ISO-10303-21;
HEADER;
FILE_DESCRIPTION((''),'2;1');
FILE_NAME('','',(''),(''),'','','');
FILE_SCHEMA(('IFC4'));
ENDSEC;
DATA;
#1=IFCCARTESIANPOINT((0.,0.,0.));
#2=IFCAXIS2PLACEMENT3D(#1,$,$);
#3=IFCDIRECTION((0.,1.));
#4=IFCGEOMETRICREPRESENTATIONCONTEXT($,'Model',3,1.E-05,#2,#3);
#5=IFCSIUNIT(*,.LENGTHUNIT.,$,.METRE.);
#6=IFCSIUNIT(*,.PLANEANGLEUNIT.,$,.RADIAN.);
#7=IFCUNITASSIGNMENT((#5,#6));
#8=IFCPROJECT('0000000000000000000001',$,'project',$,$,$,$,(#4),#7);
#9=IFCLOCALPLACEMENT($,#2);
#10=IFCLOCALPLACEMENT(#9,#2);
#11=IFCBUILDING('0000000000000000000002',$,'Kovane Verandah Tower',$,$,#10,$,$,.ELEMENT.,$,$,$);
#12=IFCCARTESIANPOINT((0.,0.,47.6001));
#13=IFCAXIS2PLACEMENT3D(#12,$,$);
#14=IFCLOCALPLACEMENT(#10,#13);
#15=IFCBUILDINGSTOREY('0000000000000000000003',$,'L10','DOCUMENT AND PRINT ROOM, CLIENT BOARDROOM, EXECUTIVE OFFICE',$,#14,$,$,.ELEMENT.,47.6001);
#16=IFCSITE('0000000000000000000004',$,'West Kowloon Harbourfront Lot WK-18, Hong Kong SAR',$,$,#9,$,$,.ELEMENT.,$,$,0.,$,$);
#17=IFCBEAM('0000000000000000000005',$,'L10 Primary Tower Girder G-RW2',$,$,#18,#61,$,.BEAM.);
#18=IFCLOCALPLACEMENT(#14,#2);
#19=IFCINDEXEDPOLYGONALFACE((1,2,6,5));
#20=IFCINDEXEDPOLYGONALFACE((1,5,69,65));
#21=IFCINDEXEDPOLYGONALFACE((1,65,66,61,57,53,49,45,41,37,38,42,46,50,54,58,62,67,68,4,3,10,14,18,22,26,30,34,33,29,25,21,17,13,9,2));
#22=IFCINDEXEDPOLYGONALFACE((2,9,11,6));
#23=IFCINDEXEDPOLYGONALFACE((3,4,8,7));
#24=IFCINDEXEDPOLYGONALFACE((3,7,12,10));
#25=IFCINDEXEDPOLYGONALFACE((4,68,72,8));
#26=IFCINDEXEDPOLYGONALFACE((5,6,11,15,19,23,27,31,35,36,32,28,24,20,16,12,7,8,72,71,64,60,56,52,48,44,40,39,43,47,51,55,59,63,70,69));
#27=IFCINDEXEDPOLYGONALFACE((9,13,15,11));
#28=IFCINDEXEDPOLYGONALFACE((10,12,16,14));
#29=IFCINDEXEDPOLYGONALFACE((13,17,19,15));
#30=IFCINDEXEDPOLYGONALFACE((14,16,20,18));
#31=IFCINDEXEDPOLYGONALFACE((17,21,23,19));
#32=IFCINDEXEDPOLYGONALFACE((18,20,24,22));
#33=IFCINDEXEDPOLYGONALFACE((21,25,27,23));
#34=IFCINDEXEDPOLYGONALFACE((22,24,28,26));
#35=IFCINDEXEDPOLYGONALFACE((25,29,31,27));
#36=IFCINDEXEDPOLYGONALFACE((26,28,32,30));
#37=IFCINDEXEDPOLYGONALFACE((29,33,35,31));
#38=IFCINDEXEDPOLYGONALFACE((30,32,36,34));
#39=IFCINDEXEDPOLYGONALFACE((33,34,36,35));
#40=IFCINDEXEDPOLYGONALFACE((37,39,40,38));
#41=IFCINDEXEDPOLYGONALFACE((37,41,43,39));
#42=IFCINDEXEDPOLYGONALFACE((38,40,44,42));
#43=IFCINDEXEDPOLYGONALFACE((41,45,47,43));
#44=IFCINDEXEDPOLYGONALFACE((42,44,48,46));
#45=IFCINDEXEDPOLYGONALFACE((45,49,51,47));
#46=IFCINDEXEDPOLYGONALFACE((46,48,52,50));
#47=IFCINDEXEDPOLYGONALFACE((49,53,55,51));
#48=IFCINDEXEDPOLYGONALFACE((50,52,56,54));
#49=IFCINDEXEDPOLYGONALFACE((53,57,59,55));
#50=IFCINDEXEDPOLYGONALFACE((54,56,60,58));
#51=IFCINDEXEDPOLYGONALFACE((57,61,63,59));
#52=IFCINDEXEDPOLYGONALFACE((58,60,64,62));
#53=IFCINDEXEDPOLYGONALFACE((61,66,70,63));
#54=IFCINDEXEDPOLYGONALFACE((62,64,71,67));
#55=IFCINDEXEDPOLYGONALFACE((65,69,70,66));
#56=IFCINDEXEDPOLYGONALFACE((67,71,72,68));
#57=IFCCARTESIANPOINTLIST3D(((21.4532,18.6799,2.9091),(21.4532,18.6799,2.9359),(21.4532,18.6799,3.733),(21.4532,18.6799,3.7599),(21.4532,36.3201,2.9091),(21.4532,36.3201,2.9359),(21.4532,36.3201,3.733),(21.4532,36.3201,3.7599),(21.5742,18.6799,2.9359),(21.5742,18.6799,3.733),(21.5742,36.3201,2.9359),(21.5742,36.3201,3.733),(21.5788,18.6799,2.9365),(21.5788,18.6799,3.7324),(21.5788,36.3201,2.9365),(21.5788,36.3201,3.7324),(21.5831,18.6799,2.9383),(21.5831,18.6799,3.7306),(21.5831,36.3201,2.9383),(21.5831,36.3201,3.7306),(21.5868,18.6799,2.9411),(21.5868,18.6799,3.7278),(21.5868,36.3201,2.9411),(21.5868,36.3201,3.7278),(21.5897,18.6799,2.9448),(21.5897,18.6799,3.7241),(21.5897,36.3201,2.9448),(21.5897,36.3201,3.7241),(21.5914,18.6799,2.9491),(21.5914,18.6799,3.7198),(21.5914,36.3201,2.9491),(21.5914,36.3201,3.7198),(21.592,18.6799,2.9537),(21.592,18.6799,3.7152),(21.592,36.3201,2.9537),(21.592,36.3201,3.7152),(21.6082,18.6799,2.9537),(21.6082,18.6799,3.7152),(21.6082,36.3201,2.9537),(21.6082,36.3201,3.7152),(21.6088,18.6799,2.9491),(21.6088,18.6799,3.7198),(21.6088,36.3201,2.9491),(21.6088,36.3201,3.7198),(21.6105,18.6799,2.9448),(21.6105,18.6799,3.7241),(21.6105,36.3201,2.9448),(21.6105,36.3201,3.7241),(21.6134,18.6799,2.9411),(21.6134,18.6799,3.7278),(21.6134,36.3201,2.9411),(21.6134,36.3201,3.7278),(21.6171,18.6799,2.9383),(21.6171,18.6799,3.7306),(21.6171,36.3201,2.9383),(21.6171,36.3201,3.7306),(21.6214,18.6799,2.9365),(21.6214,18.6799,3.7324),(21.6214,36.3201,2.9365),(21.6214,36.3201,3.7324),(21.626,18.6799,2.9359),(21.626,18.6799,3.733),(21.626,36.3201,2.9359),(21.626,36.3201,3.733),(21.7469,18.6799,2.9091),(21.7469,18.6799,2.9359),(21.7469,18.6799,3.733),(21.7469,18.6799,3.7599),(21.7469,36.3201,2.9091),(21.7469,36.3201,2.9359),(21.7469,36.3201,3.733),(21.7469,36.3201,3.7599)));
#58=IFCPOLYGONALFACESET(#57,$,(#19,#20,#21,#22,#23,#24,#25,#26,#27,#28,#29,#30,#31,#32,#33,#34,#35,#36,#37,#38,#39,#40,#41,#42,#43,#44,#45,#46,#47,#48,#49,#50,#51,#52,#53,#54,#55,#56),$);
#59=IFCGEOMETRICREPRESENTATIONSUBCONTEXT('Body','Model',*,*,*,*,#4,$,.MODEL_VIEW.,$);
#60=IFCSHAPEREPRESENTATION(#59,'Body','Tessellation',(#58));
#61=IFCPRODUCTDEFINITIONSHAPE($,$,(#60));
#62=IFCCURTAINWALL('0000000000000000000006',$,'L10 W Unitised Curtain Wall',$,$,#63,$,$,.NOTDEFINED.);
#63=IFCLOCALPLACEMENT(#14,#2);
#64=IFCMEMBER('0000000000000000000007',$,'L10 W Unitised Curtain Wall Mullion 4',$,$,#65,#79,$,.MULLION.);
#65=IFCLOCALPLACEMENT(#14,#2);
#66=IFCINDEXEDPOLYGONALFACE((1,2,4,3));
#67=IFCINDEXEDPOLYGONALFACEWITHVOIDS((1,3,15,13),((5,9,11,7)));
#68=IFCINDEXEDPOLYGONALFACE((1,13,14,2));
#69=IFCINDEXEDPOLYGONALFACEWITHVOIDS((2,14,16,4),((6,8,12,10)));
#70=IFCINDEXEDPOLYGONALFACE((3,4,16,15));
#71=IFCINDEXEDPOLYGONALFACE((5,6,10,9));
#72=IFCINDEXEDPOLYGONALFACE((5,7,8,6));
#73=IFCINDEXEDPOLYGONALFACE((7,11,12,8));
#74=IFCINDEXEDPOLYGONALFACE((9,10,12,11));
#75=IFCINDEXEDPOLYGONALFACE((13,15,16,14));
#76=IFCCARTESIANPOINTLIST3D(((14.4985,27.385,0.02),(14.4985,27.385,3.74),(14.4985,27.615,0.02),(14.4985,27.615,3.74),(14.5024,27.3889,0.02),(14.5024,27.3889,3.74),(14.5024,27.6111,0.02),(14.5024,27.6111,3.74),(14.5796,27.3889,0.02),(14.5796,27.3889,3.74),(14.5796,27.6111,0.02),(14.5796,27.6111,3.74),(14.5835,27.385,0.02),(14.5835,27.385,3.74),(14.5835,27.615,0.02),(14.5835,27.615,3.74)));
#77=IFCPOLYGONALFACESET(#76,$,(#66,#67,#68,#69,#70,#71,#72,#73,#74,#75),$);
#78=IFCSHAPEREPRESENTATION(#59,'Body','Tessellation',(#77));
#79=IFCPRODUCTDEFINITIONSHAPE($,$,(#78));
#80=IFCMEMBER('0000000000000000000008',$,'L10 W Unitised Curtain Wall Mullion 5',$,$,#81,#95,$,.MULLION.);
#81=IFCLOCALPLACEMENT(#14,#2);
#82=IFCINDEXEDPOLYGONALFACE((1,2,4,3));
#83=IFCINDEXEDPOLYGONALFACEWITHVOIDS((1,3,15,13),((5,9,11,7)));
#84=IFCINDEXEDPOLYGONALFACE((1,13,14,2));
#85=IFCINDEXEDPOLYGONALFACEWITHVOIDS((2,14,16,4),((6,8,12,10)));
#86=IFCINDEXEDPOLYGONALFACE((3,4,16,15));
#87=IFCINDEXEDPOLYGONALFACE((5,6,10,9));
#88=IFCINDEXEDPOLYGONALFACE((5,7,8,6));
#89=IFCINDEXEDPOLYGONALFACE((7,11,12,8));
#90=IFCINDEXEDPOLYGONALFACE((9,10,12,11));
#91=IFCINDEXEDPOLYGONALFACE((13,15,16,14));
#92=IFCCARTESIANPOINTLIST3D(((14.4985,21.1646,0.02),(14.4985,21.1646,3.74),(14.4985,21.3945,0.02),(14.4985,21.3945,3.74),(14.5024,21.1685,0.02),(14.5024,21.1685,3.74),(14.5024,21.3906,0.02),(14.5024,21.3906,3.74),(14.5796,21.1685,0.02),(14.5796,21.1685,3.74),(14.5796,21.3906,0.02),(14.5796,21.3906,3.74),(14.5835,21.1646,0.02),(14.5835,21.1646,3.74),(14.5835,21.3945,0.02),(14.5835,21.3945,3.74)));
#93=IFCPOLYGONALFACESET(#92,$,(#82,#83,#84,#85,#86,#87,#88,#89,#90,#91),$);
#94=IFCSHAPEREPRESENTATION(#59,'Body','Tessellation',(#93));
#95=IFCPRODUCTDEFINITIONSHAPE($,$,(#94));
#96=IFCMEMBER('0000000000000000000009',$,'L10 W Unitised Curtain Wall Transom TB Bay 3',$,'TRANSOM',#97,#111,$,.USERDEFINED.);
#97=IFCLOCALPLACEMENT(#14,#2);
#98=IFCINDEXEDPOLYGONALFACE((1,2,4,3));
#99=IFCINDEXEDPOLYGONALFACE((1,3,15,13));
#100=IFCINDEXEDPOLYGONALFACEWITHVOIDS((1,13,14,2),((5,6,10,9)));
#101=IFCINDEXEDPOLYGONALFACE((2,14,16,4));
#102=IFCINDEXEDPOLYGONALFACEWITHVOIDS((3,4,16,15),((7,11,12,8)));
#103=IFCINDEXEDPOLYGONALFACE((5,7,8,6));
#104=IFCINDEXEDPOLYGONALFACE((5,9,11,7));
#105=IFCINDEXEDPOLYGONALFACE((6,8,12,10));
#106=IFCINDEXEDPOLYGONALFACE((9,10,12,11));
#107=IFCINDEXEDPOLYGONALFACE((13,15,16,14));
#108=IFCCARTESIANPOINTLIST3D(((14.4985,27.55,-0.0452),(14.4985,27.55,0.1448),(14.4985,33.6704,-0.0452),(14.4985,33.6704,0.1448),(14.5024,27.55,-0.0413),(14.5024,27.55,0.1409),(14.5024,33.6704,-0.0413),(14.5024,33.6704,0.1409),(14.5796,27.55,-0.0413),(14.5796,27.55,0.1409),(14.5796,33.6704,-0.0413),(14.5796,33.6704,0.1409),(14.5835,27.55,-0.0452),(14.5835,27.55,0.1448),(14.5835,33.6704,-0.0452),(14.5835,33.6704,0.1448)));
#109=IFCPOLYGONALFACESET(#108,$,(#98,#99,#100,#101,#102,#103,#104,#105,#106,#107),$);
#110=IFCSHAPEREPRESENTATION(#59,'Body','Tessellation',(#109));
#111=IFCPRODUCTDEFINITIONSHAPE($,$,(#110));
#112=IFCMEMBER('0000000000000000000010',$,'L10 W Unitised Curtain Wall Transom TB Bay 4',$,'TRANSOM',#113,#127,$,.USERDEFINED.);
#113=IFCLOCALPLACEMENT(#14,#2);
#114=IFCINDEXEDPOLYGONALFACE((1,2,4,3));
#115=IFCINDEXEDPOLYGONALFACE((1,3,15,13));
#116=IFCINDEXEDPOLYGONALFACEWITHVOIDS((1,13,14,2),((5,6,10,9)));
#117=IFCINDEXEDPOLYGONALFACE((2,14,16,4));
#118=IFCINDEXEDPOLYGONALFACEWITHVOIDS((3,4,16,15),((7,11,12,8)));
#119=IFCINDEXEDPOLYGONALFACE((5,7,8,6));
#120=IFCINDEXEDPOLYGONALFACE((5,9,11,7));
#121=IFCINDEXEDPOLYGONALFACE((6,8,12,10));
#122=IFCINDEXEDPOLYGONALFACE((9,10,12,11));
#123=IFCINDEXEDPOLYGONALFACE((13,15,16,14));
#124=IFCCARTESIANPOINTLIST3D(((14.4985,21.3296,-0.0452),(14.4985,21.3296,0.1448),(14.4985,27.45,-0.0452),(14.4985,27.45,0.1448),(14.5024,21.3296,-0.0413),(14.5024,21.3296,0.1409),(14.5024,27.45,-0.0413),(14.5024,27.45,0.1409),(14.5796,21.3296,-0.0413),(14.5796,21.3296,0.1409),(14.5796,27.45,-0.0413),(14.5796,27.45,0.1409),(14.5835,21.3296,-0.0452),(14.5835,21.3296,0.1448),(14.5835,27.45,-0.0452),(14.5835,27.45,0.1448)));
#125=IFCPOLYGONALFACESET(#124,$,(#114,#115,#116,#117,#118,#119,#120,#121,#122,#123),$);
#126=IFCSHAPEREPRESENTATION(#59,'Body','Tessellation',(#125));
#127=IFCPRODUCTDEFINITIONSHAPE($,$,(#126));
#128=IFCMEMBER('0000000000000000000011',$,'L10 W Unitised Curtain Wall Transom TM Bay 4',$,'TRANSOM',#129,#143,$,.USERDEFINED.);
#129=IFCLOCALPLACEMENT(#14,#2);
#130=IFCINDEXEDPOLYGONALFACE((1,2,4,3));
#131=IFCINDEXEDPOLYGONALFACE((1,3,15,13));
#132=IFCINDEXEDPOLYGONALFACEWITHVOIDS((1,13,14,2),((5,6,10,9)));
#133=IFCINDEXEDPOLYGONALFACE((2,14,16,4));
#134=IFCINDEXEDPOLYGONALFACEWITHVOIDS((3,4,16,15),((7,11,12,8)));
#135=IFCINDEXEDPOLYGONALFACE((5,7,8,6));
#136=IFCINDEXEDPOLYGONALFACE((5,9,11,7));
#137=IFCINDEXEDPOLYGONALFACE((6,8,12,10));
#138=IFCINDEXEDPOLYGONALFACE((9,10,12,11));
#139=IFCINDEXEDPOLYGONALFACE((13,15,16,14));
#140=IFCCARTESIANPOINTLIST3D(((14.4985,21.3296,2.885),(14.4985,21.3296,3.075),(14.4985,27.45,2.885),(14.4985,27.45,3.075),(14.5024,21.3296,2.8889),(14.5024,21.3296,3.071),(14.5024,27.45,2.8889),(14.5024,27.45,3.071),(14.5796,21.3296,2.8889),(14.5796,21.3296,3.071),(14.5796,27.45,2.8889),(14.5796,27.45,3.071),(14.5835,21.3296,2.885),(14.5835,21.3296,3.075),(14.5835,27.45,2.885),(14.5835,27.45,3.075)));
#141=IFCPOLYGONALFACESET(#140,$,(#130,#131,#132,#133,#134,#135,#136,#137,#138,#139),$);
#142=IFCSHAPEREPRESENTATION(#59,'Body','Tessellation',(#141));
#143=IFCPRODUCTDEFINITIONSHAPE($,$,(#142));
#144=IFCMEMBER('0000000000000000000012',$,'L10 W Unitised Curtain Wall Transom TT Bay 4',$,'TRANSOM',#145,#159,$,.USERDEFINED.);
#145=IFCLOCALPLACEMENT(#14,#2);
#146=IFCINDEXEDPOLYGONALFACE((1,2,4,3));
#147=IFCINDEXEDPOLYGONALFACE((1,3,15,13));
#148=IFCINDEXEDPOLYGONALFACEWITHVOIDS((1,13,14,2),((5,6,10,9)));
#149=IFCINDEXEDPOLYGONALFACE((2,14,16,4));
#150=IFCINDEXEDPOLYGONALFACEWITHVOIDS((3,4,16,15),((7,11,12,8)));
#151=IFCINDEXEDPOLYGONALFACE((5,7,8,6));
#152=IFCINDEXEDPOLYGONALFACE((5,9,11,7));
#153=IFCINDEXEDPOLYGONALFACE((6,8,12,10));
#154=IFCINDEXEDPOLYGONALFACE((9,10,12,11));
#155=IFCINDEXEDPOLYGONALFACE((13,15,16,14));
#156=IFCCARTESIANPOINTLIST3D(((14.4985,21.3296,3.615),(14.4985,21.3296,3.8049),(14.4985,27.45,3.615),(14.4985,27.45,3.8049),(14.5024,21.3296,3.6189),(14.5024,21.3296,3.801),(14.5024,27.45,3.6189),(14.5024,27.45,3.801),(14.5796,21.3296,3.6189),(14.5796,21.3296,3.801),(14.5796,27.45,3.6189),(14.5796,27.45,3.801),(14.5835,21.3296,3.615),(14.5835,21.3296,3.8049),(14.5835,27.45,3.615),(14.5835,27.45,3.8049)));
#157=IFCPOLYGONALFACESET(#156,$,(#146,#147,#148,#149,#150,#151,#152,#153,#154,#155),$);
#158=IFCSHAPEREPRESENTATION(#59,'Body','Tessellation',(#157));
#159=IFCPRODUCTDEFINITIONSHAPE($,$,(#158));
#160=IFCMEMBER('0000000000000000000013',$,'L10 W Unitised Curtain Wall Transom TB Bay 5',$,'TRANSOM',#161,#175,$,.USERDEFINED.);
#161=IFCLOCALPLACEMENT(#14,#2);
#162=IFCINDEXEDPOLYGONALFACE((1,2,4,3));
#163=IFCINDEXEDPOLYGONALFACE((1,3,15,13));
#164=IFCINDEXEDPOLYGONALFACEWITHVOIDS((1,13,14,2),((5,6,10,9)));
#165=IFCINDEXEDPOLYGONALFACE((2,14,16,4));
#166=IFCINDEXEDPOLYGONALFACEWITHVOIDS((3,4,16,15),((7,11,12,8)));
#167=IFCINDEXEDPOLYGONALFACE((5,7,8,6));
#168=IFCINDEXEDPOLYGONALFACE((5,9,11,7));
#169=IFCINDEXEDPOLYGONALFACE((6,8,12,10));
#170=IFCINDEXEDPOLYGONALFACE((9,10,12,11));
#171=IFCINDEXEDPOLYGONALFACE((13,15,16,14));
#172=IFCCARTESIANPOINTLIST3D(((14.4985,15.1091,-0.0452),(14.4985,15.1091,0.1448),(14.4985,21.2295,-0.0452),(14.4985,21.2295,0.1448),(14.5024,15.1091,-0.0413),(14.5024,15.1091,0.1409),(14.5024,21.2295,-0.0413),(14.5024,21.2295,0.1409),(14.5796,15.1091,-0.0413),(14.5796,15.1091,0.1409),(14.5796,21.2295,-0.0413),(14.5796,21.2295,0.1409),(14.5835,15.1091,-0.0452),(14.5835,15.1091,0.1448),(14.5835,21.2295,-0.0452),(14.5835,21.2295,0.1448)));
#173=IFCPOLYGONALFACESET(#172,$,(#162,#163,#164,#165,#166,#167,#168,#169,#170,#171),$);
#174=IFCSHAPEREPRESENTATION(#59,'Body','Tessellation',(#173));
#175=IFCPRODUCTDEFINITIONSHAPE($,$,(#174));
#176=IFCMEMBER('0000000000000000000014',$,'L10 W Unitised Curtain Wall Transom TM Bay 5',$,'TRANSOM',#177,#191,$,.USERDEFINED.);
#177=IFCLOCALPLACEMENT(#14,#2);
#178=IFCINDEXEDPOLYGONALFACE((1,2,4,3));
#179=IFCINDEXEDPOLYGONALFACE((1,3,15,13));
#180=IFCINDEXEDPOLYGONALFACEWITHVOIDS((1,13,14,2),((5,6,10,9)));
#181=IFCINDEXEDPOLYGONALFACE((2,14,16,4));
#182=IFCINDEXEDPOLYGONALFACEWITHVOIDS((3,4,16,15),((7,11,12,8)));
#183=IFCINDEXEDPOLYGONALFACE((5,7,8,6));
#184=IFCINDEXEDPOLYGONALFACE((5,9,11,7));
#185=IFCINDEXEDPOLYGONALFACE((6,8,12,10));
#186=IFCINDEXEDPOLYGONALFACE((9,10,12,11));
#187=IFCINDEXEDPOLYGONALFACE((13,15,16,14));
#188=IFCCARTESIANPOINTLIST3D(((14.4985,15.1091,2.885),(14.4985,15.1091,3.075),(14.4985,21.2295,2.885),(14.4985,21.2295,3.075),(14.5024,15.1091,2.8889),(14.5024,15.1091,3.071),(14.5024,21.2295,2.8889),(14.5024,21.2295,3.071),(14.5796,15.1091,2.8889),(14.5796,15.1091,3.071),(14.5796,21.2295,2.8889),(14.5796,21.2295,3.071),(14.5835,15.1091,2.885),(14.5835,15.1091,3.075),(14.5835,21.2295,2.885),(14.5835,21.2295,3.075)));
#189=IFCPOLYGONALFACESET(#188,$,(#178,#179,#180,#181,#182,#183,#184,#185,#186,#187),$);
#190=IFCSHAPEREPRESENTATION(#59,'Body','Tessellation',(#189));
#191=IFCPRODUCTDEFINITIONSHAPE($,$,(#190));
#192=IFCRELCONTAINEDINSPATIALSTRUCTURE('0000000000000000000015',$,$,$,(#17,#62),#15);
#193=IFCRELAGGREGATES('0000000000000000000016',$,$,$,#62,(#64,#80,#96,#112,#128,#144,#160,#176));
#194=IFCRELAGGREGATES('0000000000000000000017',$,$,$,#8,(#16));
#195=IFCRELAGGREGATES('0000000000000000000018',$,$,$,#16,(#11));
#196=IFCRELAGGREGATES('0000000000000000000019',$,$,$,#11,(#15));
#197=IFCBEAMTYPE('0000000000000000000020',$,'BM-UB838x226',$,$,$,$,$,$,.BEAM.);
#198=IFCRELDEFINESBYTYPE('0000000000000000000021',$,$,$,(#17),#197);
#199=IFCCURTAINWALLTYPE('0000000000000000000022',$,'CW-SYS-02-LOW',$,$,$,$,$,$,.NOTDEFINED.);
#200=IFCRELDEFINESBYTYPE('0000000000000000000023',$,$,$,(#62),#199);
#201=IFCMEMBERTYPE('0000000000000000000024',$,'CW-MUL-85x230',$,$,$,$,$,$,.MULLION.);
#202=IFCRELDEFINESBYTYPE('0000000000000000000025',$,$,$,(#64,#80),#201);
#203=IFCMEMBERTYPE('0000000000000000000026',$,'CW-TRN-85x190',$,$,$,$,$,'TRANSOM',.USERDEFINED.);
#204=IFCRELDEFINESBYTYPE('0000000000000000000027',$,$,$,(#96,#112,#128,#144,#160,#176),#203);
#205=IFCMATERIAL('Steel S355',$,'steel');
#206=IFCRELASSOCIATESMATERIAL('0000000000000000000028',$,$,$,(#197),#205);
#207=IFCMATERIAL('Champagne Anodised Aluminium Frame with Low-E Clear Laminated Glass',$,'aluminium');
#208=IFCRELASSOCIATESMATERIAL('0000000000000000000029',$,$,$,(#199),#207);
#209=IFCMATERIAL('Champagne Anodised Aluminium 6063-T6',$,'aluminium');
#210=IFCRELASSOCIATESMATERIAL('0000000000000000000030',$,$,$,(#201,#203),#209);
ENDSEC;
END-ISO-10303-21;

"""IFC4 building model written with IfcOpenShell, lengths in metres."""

from ifc_helpers import new_model, si_unit, direction, frame, origin, origin_2d, place, context, subcontext, project, spatial, hollow_rectangle, i_section, extrude, material, material_profile, profile_set, type_object, element, aggregate, save


model = new_model("IFC4")

# Units and contexts
model_context = context("Model", 3, precision=1e-05, world=origin(), true_north=direction((0.0, 1.0)))
body_context = subcontext(model_context, "Body", "Model", "MODEL_VIEW")
ifc_project = project(units=[si_unit("LENGTHUNIT", "METRE"), si_unit("PLANEANGLEUNIT", "RADIAN")], contexts=[model_context])

# Site, building, storey
site_placement = place(None, origin())
site = spatial("IfcSite", under=ifc_project, at=site_placement, Name="West Kowloon Harbourfront Lot WK-18, Hong Kong SAR", CompositionType="ELEMENT", RefElevation=0.0)
building_placement = place(site_placement, origin())
building = spatial("IfcBuilding", under=site, at=building_placement, Name="Kovane Verandah Tower", CompositionType="ELEMENT")
storey_placement = place(building_placement, frame((0.0, 0.0, 47.6001)))
storey = spatial("IfcBuildingStorey", under=building, at=storey_placement, Name="L10", Description="DOCUMENT AND PRINT ROOM, CLIENT BOARDROOM, EXECUTIVE OFFICE", CompositionType="ELEMENT", Elevation=47.6001)

# Beam
ifc_material_1 = material(Name="Steel S355", Category="steel")
ifc_material_profile_1 = material_profile(ifc_material_1, i_section(OverallWidth=0.2937, OverallDepth=0.8508, WebThickness=0.0161, FlangeThickness=0.0269, FilletRadius=0.0178, at=origin_2d()), Name="UB838x292x226")
ifc_profile_set_1 = profile_set([ifc_material_profile_1], Name="Steel S355")
beam_type_1 = type_object("IfcBeamType", Name="BM-UB838x226", PredefinedType="BEAM", material=ifc_profile_set_1)
beam_1_placement = place(storey_placement, frame((21.6001, 18.6799, 3.3345), z_axis=(0.0, 1.0, 0.0), x_axis=(-1.0, 0.0, 0.0)))
element("IfcBeam", 1, at=beam_1_placement, inside=storey, type_object=beam_type_1, Name="L10 Primary Tower Girder G-RW2", PredefinedType="BEAM", context=body_context, shape_type="SweptSolid", body=[
    extrude(i_section(OverallWidth=0.2937, OverallDepth=0.8508, WebThickness=0.0161, FlangeThickness=0.0269, FilletRadius=0.0178, at=origin_2d()), origin(), (0.0, 0.0, 1.0), 17.6401),
])

# Curtain wall, members
ifc_material_2 = material(Name="Champagne Anodised Aluminium Frame with Low-E Clear Laminated Glass", Category="aluminium")
curtain_wall_type = type_object("IfcCurtainWallType", Name="CW-SYS-02-LOW", PredefinedType="NOTDEFINED", material=ifc_material_2)
curtain_wall_placement = place(storey_placement, origin())
curtain_wall = element("IfcCurtainWall", 2, at=curtain_wall_placement, inside=storey, type_object=curtain_wall_type, Name="L10 W Unitised Curtain Wall", PredefinedType="NOTDEFINED")
ifc_material_3 = material(Name="Champagne Anodised Aluminium 6063-T6", Category="aluminium")
ifc_material_profile_2 = material_profile(ifc_material_3, hollow_rectangle(XDim=0.085, YDim=0.23, WallThickness=0.0039, at=origin_2d()), Name="AL85x230x4")
ifc_profile_set_2 = profile_set([ifc_material_profile_2], Name="Champagne Anodised Aluminium 6063-T6")
member_type_1 = type_object("IfcMemberType", Name="CW-MUL-85x230", PredefinedType="MULLION", material=ifc_profile_set_2)
member_1_placement = place(storey_placement, frame((14.541, 27.5, 0.02), z_axis=(0.0, 0.0, 1.0), x_axis=(-1.0, 0.0, 0.0)))
member_1 = element("IfcMember", 3, at=member_1_placement, type_object=member_type_1, Name="L10 W Unitised Curtain Wall Mullion 4", PredefinedType="MULLION", context=body_context, shape_type="SweptSolid", body=[
    extrude(hollow_rectangle(XDim=0.085, YDim=0.23, WallThickness=0.0039, at=origin_2d()), origin(), (0.0, 0.0, 1.0), 3.72),
])
member_2_placement = place(storey_placement, frame((14.541, 21.2795, 0.02), z_axis=(0.0, 0.0, 1.0), x_axis=(-1.0, 0.0, 0.0)))
member_2 = element("IfcMember", 4, at=member_2_placement, type_object=member_type_1, Name="L10 W Unitised Curtain Wall Mullion 5", PredefinedType="MULLION", context=body_context, shape_type="SweptSolid", body=[
    extrude(hollow_rectangle(XDim=0.085, YDim=0.23, WallThickness=0.0039, at=origin_2d()), origin(), (0.0, 0.0, 1.0), 3.72),
])
ifc_material_profile_3 = material_profile(ifc_material_3, hollow_rectangle(XDim=0.085, YDim=0.1899, WallThickness=0.0039, at=origin_2d()), Name="AL85x190x4")
ifc_profile_set_3 = profile_set([ifc_material_profile_3], Name="Champagne Anodised Aluminium 6063-T6")
member_type_2 = type_object("IfcMemberType", Name="CW-TRN-85x190", ElementType="TRANSOM", PredefinedType="USERDEFINED", material=ifc_profile_set_3)
member_3_placement = place(storey_placement, frame((14.541, 33.6704, 0.0498), z_axis=(0.0, -1.0, 0.0), x_axis=(1.0, 0.0, 0.0)))
member_3 = element("IfcMember", 5, at=member_3_placement, type_object=member_type_2, Name="L10 W Unitised Curtain Wall Transom TB Bay 3", ObjectType="TRANSOM", PredefinedType="USERDEFINED", context=body_context, shape_type="SweptSolid", body=[
    extrude(hollow_rectangle(XDim=0.085, YDim=0.1899, WallThickness=0.0039, at=origin_2d()), origin(), (0.0, 0.0, 1.0), 6.1204),
])
member_4_placement = place(storey_placement, frame((14.541, 27.45, 0.0498), z_axis=(0.0, -1.0, 0.0), x_axis=(1.0, 0.0, 0.0)))
member_4 = element("IfcMember", 6, at=member_4_placement, type_object=member_type_2, Name="L10 W Unitised Curtain Wall Transom TB Bay 4", ObjectType="TRANSOM", PredefinedType="USERDEFINED", context=body_context, shape_type="SweptSolid", body=[
    extrude(hollow_rectangle(XDim=0.085, YDim=0.1899, WallThickness=0.0039, at=origin_2d()), origin(), (0.0, 0.0, 1.0), 6.1204),
])
member_5_placement = place(storey_placement, frame((14.541, 27.45, 2.98), z_axis=(0.0, -1.0, 0.0), x_axis=(1.0, 0.0, 0.0)))
member_5 = element("IfcMember", 7, at=member_5_placement, type_object=member_type_2, Name="L10 W Unitised Curtain Wall Transom TM Bay 4", ObjectType="TRANSOM", PredefinedType="USERDEFINED", context=body_context, shape_type="SweptSolid", body=[
    extrude(hollow_rectangle(XDim=0.085, YDim=0.1899, WallThickness=0.0039, at=origin_2d()), origin(), (0.0, 0.0, 1.0), 6.1204),
])
member_6_placement = place(storey_placement, frame((14.541, 27.45, 3.71), z_axis=(0.0, -1.0, 0.0), x_axis=(1.0, 0.0, 0.0)))
member_6 = element("IfcMember", 8, at=member_6_placement, type_object=member_type_2, Name="L10 W Unitised Curtain Wall Transom TT Bay 4", ObjectType="TRANSOM", PredefinedType="USERDEFINED", context=body_context, shape_type="SweptSolid", body=[
    extrude(hollow_rectangle(XDim=0.085, YDim=0.1899, WallThickness=0.0039, at=origin_2d()), origin(), (0.0, 0.0, 1.0), 6.1204),
])
member_7_placement = place(storey_placement, frame((14.541, 21.2295, 0.0498), z_axis=(0.0, -1.0, 0.0), x_axis=(1.0, 0.0, 0.0)))
member_7 = element("IfcMember", 9, at=member_7_placement, type_object=member_type_2, Name="L10 W Unitised Curtain Wall Transom TB Bay 5", ObjectType="TRANSOM", PredefinedType="USERDEFINED", context=body_context, shape_type="SweptSolid", body=[
    extrude(hollow_rectangle(XDim=0.085, YDim=0.1899, WallThickness=0.0039, at=origin_2d()), origin(), (0.0, 0.0, 1.0), 6.1204),
])
member_8_placement = place(storey_placement, frame((14.541, 21.2295, 2.98), z_axis=(0.0, -1.0, 0.0), x_axis=(1.0, 0.0, 0.0)))
member_8 = element("IfcMember", 10, at=member_8_placement, type_object=member_type_2, Name="L10 W Unitised Curtain Wall Transom TM Bay 5", ObjectType="TRANSOM", PredefinedType="USERDEFINED", context=body_context, shape_type="SweptSolid", body=[
    extrude(hollow_rectangle(XDim=0.085, YDim=0.1899, WallThickness=0.0039, at=origin_2d()), origin(), (0.0, 0.0, 1.0), 6.1204),
])

aggregate(curtain_wall, [member_1, member_2, member_3, member_4, member_5, member_6, member_7, member_8])

save(model, "model.ifc")
